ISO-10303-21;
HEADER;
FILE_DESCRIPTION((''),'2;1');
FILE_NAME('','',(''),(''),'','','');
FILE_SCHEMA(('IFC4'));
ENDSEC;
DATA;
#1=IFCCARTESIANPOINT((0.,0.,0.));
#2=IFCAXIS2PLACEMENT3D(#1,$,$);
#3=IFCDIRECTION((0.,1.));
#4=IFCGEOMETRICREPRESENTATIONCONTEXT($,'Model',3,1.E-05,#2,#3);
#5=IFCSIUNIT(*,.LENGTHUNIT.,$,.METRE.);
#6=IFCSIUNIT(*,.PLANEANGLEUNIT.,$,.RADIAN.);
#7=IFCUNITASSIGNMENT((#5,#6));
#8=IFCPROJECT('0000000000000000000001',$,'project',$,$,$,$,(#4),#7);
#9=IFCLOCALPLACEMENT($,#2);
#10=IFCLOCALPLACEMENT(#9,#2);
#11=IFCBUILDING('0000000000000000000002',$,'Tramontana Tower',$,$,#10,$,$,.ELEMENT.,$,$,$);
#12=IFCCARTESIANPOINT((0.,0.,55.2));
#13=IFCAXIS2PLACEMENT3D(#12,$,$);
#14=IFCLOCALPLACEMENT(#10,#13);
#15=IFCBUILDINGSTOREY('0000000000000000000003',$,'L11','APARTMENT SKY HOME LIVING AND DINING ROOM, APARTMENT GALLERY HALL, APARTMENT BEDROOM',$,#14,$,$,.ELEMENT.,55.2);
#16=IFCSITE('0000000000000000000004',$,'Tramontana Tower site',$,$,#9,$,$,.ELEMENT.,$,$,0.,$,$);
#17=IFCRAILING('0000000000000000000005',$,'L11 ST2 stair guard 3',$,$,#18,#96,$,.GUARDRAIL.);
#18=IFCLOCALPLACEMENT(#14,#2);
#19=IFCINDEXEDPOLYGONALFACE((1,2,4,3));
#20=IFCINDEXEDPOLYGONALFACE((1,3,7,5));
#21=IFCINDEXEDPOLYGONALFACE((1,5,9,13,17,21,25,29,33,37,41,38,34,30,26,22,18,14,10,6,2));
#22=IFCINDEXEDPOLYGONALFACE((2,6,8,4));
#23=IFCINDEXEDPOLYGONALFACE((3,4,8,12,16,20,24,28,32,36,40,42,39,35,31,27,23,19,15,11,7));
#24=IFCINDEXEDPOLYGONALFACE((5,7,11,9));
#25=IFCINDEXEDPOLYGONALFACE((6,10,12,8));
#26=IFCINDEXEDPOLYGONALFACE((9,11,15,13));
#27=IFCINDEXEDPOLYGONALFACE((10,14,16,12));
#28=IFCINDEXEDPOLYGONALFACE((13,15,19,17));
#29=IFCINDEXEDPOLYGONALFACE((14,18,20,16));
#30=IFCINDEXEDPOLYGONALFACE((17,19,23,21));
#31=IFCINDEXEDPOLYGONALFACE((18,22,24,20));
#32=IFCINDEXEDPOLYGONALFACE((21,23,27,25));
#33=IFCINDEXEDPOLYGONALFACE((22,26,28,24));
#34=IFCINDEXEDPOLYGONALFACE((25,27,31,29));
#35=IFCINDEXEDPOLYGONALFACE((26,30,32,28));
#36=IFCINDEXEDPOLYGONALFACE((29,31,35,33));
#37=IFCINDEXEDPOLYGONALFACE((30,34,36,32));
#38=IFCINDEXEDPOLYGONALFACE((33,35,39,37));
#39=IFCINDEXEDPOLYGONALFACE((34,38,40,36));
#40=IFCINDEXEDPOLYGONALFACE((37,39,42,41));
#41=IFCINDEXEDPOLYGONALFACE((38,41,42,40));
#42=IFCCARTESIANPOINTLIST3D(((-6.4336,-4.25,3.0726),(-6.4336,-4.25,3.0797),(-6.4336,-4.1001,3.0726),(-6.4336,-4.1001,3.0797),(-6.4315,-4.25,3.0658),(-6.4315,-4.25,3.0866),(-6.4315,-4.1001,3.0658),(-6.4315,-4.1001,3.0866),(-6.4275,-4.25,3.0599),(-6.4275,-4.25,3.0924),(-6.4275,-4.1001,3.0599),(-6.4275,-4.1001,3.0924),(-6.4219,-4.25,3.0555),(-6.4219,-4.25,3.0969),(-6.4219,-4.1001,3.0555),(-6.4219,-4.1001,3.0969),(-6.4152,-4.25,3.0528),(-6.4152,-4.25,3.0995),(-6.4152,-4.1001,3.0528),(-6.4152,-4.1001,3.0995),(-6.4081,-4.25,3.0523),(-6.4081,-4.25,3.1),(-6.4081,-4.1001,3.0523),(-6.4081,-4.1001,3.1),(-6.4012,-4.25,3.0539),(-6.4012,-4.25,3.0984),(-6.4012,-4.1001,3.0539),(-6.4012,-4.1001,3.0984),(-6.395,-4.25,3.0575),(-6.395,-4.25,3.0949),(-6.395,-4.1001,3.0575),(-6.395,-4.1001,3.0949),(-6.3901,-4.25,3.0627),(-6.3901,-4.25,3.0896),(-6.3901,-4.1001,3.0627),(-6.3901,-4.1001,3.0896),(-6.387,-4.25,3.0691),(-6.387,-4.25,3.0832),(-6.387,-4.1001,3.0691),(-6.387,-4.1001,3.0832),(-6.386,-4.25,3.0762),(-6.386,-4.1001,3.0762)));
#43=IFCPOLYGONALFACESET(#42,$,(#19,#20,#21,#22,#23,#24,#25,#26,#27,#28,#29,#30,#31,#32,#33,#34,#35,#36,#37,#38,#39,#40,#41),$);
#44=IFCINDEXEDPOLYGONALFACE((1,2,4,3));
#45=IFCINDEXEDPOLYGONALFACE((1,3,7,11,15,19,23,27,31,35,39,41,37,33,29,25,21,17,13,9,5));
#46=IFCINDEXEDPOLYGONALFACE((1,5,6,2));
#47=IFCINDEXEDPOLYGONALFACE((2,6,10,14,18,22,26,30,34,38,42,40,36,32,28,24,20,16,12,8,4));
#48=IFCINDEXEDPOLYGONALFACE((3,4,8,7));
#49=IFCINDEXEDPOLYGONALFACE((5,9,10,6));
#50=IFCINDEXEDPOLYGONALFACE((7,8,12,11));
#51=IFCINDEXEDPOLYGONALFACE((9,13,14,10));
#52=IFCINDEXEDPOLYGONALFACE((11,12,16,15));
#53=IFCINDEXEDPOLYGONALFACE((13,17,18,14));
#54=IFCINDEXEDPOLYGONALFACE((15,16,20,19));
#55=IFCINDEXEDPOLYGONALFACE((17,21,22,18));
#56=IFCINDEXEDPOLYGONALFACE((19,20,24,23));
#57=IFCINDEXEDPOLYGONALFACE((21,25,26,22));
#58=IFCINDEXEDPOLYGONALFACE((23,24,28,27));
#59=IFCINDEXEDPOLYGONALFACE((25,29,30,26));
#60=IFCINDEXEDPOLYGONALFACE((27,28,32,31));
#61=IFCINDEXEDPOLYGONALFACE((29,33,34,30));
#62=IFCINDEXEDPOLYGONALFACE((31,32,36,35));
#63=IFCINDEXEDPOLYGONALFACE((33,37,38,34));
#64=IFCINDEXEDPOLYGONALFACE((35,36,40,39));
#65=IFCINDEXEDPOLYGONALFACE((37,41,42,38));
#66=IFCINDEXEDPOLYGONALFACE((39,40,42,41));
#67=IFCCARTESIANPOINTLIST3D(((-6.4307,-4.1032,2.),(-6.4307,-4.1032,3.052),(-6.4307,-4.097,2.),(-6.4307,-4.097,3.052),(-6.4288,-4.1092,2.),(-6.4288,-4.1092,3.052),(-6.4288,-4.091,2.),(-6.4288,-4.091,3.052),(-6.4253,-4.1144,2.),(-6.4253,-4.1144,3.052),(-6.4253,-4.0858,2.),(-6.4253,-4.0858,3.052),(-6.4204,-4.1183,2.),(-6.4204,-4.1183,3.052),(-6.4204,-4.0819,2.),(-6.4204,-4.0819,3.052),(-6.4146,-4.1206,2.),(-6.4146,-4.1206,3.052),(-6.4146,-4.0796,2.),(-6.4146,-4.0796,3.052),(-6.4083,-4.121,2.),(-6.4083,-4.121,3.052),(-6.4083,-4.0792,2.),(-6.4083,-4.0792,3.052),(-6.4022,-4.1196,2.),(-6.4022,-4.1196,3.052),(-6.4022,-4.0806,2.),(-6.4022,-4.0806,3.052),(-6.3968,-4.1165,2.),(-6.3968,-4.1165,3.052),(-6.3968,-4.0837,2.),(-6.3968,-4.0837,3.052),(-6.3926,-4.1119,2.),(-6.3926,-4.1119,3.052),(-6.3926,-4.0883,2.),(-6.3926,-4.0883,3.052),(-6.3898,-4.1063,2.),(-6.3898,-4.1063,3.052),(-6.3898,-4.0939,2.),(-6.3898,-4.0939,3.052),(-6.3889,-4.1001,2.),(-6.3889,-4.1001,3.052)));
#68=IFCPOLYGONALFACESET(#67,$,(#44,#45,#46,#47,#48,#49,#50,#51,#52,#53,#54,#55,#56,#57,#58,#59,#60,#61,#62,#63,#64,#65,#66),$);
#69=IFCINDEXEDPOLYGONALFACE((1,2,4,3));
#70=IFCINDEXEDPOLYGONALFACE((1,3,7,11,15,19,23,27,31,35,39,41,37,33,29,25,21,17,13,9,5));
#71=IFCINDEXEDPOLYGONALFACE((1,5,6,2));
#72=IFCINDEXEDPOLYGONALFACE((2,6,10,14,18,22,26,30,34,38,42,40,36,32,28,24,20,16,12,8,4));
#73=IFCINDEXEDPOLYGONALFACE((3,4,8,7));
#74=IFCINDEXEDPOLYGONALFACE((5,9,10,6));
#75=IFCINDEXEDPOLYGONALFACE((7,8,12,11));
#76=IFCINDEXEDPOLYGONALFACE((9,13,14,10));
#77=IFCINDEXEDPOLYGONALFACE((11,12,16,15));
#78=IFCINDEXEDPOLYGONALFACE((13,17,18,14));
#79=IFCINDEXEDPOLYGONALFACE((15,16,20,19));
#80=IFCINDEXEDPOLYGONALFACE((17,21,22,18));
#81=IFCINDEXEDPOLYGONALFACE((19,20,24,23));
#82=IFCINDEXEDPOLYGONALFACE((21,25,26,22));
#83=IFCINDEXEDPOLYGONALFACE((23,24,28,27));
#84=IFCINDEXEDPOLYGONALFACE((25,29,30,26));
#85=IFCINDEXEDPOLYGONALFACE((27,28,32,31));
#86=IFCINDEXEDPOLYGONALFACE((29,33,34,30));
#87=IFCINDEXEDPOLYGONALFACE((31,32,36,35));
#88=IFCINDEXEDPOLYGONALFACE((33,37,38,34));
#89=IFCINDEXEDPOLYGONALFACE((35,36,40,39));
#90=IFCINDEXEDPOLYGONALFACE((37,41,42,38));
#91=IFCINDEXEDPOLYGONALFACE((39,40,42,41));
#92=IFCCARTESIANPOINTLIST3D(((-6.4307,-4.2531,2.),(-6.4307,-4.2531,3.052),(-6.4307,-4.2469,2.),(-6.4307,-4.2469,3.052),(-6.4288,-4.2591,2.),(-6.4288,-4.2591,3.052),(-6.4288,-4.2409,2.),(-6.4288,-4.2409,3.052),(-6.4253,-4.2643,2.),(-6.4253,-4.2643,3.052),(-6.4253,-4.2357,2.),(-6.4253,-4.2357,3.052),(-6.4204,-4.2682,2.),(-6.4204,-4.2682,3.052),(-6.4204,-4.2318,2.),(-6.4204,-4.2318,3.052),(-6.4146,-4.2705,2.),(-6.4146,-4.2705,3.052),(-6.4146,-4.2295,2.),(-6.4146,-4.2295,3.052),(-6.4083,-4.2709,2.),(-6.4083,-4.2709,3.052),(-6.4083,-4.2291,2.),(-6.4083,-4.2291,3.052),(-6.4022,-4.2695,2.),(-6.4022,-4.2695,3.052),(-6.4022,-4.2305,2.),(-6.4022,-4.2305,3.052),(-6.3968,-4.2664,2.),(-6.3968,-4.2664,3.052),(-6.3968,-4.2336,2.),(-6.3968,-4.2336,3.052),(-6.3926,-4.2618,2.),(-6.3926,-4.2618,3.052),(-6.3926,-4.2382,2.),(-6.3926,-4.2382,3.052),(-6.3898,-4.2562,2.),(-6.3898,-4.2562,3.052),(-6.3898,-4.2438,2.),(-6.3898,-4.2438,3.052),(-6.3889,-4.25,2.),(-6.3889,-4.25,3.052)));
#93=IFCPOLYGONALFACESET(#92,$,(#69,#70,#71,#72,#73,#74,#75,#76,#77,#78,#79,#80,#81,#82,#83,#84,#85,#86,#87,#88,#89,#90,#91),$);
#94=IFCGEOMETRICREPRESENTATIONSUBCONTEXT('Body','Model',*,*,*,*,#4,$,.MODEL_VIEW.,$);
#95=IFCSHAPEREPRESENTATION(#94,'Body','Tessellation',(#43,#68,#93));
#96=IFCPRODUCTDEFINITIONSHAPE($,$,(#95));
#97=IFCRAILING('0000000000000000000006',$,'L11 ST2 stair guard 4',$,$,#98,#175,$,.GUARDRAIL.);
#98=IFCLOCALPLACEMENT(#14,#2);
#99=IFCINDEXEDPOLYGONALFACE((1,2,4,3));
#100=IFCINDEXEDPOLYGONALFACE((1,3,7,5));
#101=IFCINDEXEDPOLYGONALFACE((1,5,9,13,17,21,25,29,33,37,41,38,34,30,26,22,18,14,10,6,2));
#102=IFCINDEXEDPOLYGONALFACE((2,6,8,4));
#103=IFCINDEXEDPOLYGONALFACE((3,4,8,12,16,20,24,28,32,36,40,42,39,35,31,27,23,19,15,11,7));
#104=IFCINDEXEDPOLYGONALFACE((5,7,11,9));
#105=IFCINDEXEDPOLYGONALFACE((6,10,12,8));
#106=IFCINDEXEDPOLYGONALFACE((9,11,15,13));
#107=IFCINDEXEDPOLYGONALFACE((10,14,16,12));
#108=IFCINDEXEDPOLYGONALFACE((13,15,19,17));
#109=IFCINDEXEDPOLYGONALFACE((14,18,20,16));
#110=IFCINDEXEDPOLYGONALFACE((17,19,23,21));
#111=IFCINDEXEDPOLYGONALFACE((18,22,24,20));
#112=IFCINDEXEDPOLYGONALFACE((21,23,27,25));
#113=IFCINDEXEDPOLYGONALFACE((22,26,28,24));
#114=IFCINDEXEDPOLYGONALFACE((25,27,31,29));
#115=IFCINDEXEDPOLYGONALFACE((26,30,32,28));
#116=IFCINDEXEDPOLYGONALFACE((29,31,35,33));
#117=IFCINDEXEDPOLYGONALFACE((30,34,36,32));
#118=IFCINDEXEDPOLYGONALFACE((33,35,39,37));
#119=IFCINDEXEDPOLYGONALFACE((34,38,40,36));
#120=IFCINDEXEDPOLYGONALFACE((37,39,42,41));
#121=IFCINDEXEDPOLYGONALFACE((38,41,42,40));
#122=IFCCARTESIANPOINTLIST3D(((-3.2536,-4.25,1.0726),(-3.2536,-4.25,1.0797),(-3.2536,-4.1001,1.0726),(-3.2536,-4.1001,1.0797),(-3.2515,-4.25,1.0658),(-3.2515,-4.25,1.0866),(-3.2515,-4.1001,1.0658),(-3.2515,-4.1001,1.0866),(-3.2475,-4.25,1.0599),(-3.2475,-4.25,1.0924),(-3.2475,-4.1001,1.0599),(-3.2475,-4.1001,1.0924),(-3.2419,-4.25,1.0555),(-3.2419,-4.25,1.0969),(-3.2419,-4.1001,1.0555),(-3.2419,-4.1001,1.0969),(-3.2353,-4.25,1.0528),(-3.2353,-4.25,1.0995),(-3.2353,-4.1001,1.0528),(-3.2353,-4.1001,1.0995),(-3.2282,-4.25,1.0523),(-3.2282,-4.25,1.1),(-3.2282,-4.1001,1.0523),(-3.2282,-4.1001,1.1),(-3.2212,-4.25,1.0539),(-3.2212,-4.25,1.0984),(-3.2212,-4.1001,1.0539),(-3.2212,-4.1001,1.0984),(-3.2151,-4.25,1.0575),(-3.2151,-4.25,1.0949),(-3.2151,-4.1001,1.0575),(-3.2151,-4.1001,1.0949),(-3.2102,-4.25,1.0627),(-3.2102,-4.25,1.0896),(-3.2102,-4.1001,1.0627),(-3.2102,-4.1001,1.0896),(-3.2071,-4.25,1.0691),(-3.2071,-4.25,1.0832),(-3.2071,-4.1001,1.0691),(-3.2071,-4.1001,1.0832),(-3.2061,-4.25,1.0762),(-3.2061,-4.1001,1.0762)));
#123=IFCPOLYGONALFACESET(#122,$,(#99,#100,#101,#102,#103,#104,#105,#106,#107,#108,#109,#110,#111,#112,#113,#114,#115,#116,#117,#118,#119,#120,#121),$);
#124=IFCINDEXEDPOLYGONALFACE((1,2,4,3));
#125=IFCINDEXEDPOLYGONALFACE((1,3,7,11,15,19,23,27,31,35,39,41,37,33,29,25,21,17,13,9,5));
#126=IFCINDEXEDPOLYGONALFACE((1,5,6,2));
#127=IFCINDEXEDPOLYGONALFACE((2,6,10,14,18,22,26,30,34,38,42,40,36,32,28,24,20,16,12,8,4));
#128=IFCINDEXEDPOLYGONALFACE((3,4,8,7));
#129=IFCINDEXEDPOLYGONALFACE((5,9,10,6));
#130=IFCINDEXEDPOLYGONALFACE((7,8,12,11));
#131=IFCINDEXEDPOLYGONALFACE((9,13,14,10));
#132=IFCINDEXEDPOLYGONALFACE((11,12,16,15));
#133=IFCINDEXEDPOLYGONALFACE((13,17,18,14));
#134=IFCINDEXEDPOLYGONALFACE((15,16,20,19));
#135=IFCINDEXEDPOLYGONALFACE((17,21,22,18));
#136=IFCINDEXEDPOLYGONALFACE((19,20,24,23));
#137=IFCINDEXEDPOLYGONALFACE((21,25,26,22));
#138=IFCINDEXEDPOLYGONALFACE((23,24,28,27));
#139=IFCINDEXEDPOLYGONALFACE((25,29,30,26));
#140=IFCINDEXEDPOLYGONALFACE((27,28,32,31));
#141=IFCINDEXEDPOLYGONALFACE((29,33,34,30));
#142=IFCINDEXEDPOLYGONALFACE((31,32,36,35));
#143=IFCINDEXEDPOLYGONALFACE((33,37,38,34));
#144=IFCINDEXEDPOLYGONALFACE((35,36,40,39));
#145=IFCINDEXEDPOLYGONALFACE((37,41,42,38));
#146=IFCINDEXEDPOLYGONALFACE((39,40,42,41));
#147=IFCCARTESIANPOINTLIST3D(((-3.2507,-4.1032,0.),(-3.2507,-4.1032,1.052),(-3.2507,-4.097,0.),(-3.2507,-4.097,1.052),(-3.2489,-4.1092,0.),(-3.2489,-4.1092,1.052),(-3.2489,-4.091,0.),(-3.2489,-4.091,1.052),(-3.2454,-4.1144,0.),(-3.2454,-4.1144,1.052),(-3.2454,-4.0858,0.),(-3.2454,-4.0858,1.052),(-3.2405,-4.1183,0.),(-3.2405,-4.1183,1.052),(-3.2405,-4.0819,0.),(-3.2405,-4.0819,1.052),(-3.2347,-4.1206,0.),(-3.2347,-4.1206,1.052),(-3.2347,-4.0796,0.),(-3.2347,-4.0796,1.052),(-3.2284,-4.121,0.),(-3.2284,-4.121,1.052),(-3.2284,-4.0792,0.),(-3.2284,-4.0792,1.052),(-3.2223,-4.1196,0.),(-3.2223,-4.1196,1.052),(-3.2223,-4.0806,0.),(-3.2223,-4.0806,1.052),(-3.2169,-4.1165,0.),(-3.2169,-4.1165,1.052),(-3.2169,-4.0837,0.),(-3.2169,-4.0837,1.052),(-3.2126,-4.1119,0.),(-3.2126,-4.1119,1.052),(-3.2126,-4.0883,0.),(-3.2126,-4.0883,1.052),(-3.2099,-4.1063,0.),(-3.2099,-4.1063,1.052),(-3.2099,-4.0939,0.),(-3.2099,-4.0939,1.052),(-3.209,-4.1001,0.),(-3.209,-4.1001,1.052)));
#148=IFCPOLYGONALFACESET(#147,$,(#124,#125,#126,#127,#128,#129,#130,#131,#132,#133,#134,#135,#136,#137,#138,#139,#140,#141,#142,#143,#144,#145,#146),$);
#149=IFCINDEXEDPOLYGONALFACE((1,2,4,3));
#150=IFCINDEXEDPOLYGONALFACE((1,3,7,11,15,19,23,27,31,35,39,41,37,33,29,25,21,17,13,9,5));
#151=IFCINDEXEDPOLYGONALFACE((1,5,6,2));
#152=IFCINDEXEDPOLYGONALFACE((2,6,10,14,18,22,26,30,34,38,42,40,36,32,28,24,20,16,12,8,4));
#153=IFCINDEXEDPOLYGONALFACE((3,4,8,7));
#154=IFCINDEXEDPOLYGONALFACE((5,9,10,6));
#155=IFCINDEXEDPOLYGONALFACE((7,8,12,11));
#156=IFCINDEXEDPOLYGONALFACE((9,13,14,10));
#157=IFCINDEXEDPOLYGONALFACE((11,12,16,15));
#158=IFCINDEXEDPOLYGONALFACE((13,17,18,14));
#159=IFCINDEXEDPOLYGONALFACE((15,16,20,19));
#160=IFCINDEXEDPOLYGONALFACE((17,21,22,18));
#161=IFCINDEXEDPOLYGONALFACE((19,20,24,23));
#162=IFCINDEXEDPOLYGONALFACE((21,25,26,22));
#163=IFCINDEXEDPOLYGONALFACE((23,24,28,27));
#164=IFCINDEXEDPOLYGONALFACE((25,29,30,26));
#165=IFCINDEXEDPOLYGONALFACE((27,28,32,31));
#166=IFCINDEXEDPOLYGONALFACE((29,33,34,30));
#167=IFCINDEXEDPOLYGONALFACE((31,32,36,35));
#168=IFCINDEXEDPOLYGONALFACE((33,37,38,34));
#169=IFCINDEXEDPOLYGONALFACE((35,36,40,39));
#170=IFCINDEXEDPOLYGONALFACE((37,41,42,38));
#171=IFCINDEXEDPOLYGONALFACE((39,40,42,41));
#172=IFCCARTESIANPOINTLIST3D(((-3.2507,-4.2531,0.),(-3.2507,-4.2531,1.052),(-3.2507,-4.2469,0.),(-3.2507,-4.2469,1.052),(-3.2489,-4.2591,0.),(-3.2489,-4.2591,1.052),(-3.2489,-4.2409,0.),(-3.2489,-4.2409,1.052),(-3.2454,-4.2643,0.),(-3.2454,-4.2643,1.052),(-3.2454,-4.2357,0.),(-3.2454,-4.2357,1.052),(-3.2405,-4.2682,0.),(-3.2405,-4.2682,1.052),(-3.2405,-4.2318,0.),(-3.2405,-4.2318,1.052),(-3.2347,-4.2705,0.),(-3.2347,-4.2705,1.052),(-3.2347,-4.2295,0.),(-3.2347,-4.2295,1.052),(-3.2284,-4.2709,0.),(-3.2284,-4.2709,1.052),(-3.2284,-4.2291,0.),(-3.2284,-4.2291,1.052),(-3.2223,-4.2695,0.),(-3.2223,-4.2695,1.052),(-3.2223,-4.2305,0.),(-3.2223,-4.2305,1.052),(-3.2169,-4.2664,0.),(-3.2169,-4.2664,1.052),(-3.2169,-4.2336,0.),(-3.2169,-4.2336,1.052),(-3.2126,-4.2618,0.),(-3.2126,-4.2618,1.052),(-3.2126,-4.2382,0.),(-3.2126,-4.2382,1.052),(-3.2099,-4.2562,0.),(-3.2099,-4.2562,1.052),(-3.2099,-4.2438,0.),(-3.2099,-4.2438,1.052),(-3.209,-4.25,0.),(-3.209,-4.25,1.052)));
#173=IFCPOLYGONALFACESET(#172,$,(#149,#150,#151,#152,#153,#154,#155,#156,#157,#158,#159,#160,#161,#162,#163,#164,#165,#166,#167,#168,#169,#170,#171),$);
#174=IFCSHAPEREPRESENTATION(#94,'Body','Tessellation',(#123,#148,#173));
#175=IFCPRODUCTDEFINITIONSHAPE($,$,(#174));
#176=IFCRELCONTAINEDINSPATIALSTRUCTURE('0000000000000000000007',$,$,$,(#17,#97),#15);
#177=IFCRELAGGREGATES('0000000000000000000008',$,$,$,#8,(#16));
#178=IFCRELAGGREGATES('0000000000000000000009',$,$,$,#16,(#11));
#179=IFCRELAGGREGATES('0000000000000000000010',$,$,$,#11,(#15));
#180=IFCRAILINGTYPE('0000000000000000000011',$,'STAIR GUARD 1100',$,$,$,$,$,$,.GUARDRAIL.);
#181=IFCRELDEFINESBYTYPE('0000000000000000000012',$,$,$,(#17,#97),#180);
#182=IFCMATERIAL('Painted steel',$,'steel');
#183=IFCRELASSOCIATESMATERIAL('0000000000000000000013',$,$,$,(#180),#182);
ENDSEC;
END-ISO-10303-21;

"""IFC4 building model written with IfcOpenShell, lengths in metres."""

from ifc_helpers import new_model, si_unit, direction, frame, origin, origin_2d, place, context, subcontext, project, spatial, circle, extrude, material, type_object, element, save


model = new_model("IFC4")

# Units and contexts
model_context = context("Model", 3, precision=1e-05, world=origin(), true_north=direction((0.0, 1.0)))
body_context = subcontext(model_context, "Body", "Model", "MODEL_VIEW")
ifc_project = project(units=[si_unit("LENGTHUNIT", "METRE"), si_unit("PLANEANGLEUNIT", "RADIAN")], contexts=[model_context])

# Site, building, storey
site_placement = place(None, origin())
site = spatial("IfcSite", under=ifc_project, at=site_placement, Name="Tramontana Tower site", CompositionType="ELEMENT", RefElevation=0.0)
building_placement = place(site_placement, origin())
building = spatial("IfcBuilding", under=site, at=building_placement, Name="Tramontana Tower", CompositionType="ELEMENT")
storey_placement = place(building_placement, frame((0.0, 0.0, 55.2)))
storey = spatial("IfcBuildingStorey", under=building, at=storey_placement, Name="L11", Description="APARTMENT SKY HOME LIVING AND DINING ROOM, APARTMENT GALLERY HALL, APARTMENT BEDROOM", CompositionType="ELEMENT", Elevation=55.2)

# Railings
ifc_material_1 = material(Name="Painted steel", Category="steel")
railing_type_1 = type_object("IfcRailingType", Name="STAIR GUARD 1100", PredefinedType="GUARDRAIL", material=ifc_material_1)
for number, where, name in (
    (1, (-6.4099, -4.1001, 2.0), "L11 ST2 stair guard 3"),
    (2, (-3.23, -4.1001, 0.0), "L11 ST2 stair guard 4"),
):
    element("IfcRailing", number, at=place(storey_placement, frame(where)), inside=storey, type_object=railing_type_1, Name=name, PredefinedType="GUARDRAIL", context=body_context, shape_type="SweptSolid", body=[
        extrude(circle(Radius=0.0239, at=origin_2d()), frame((0.0, 0.0, 1.0762), z_axis=(0.0, -1.0, 0.0), x_axis=(1.0, 0.0, 0.0)), (0.0, 0.0, 1.0), 0.1499),
        extrude(circle(Radius=0.021, at=origin_2d()), origin(), (0.0, 0.0, 1.0), 1.052),
        extrude(circle(Radius=0.021, at=origin_2d()), frame((0.0, -0.1499, 0.0)), (0.0, 0.0, 1.0), 1.052),
    ])

save(model, "model.ifc")
